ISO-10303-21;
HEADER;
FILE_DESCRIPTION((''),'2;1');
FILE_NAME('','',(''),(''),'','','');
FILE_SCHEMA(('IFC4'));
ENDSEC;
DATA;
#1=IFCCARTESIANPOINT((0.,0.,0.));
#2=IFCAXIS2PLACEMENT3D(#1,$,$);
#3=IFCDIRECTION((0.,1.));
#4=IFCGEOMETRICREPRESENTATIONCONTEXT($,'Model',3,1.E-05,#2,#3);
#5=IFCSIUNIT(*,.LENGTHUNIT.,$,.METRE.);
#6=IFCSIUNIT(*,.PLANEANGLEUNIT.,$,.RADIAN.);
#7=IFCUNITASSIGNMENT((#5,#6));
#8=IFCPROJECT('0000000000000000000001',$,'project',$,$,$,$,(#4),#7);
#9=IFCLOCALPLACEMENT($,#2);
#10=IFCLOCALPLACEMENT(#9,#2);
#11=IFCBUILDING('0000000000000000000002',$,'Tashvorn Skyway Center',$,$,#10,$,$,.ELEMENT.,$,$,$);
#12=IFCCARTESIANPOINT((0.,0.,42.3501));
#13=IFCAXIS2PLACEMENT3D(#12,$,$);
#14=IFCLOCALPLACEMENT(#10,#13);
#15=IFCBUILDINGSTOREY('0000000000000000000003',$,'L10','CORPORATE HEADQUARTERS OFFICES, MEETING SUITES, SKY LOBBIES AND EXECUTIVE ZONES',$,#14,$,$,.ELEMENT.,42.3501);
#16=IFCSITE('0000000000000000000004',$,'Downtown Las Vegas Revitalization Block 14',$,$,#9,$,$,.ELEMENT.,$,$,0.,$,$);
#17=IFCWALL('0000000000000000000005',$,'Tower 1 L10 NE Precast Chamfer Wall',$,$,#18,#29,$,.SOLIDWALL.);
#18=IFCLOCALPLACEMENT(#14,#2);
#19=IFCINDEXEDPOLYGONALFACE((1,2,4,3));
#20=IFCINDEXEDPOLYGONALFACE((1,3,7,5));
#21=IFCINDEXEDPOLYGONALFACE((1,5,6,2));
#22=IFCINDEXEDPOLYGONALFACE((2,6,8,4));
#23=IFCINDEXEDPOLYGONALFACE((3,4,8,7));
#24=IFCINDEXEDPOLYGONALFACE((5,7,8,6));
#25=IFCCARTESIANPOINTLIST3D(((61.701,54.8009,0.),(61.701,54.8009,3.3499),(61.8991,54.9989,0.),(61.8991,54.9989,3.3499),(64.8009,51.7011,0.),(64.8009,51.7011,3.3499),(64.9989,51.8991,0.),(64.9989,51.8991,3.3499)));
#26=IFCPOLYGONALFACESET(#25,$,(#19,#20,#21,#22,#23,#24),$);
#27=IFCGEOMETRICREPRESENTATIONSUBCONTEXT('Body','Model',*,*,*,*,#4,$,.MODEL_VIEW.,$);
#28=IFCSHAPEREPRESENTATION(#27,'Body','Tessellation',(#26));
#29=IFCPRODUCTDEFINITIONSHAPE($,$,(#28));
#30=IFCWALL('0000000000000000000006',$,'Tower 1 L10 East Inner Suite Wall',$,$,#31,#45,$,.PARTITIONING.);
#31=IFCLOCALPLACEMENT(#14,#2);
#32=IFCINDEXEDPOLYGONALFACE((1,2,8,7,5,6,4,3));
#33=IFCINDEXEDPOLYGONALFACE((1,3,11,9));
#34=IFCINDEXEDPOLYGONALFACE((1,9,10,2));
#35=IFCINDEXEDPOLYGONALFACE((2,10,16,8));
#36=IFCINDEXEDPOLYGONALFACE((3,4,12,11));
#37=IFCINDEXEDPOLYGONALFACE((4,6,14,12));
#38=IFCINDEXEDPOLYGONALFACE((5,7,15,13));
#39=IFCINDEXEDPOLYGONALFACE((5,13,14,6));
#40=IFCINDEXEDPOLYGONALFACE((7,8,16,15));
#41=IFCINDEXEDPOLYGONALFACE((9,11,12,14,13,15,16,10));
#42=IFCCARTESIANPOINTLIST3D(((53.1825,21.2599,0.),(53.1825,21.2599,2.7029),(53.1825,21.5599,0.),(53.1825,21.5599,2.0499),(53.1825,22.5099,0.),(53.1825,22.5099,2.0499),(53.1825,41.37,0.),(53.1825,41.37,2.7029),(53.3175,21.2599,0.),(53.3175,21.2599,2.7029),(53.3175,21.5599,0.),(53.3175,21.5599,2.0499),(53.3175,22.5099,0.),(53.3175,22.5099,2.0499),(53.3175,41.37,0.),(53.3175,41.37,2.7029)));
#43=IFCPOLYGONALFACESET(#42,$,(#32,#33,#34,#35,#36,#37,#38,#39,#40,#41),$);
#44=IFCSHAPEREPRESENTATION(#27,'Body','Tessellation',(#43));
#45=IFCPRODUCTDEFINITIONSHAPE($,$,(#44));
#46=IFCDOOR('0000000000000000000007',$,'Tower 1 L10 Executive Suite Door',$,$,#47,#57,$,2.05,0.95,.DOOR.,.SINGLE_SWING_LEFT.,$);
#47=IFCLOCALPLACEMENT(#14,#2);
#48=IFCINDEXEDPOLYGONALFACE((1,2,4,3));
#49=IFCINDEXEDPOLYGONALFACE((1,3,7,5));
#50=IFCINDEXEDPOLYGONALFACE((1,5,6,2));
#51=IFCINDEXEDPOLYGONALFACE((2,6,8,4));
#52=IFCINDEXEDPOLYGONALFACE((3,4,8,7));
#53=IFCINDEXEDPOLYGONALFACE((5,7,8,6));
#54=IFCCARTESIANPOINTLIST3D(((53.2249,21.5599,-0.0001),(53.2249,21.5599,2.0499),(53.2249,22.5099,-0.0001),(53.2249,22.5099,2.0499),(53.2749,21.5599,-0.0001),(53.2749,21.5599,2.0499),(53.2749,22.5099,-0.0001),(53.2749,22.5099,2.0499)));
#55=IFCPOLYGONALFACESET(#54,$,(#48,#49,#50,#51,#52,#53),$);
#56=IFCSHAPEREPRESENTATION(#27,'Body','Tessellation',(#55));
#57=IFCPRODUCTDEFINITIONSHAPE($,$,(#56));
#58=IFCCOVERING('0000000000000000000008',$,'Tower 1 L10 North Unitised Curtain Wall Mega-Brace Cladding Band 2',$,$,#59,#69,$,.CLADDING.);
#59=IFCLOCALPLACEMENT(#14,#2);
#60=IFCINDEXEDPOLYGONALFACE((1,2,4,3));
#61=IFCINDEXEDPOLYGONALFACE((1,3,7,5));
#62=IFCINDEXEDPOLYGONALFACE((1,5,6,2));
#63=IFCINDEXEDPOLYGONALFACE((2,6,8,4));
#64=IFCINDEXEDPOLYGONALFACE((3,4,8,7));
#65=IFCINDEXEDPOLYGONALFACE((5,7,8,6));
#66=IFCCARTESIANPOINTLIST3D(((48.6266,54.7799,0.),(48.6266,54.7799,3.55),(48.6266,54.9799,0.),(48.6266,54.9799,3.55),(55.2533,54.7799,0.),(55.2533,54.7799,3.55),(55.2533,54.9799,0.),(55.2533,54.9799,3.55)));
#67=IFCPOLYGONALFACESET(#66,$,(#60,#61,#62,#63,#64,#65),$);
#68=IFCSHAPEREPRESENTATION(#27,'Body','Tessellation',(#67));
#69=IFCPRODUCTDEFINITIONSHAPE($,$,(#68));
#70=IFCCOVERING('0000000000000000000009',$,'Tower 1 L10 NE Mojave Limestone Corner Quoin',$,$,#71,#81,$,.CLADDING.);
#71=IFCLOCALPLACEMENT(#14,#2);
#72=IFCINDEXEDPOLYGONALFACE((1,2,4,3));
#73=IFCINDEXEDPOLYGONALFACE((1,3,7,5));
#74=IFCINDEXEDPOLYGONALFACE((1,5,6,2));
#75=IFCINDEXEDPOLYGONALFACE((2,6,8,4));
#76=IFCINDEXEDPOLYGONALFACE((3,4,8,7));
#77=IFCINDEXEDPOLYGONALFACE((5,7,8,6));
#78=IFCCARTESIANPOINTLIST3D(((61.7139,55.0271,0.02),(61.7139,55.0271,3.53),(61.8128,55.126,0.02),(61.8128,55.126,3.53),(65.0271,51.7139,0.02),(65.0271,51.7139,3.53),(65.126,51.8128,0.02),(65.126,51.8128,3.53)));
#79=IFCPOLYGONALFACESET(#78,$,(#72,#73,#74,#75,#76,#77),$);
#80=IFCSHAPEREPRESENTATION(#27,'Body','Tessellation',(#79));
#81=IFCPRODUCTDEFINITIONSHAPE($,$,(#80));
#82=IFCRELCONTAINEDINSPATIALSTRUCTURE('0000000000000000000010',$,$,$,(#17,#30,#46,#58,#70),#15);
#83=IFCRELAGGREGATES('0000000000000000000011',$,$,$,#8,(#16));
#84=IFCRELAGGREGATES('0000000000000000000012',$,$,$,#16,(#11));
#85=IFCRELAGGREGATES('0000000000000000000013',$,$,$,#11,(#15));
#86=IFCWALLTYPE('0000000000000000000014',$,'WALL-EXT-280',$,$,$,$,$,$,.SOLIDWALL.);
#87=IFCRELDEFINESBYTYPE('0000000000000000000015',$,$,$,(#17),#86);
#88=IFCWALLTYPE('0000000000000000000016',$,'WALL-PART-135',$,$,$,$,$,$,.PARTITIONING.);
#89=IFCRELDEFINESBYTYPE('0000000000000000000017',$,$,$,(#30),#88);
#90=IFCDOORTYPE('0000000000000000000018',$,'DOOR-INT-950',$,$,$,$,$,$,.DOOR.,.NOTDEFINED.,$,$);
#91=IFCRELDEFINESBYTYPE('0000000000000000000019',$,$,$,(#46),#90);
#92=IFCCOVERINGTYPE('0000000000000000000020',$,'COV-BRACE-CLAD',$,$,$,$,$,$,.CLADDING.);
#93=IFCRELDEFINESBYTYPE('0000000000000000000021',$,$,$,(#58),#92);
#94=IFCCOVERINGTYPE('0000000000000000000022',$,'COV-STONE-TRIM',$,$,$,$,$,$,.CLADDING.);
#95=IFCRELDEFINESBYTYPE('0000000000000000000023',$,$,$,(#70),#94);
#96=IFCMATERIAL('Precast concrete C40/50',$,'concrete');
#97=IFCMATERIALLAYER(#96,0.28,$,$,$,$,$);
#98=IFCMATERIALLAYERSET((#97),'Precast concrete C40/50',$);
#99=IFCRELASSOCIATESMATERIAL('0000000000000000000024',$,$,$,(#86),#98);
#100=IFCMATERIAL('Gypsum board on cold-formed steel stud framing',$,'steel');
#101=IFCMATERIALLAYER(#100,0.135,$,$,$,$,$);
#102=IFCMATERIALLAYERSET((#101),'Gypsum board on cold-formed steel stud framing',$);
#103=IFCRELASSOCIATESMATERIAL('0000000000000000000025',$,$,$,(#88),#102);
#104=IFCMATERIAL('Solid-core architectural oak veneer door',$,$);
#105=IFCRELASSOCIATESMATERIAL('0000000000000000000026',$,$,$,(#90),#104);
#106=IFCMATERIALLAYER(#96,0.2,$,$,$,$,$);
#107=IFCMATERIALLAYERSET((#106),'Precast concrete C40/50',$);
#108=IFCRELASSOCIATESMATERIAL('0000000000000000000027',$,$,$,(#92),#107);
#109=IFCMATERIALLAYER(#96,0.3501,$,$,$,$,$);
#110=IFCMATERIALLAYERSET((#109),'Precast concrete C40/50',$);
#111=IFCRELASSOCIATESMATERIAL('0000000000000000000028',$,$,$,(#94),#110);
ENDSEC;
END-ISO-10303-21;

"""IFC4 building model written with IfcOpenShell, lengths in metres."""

from ifc_helpers import new_model, si_unit, direction, frame, frame_2d, origin, origin_2d, place, context, subcontext, project, spatial, rectangle, extrude, material, layer, layer_set, type_object, element, fill, save


model = new_model("IFC4")

# Units and contexts
model_context = context("Model", 3, precision=1e-05, world=origin(), true_north=direction((0.0, 1.0)))
body_context = subcontext(model_context, "Body", "Model", "MODEL_VIEW")
ifc_project = project(units=[si_unit("LENGTHUNIT", "METRE"), si_unit("PLANEANGLEUNIT", "RADIAN")], contexts=[model_context])

# Site, building, storey
site_placement = place(None, origin())
site = spatial("IfcSite", under=ifc_project, at=site_placement, Name="Downtown Las Vegas Revitalization Block 14", CompositionType="ELEMENT", RefElevation=0.0)
building_placement = place(site_placement, origin())
building = spatial("IfcBuilding", under=site, at=building_placement, Name="Tashvorn Skyway Center", CompositionType="ELEMENT")
storey_placement = place(building_placement, frame((0.0, 0.0, 42.3501)))
storey = spatial("IfcBuildingStorey", under=building, at=storey_placement, Name="L10", Description="CORPORATE HEADQUARTERS OFFICES, MEETING SUITES, SKY LOBBIES AND EXECUTIVE ZONES", CompositionType="ELEMENT", Elevation=42.3501)

# Wall
ifc_material_1 = material(Name="Precast concrete C40/50", Category="concrete")
ifc_layer_1 = layer(ifc_material_1, 0.28)
ifc_layer_set_1 = layer_set([ifc_layer_1], Name="Precast concrete C40/50")
wall_type_1 = type_object("IfcWallType", Name="WALL-EXT-280", PredefinedType="SOLIDWALL", material=ifc_layer_set_1)
wall_1_placement = place(storey_placement, frame((61.8, 54.8999, 0.0), z_axis=(0.0, 0.0, 1.0), x_axis=(0.707107, -0.707107, 0.0)))
element("IfcWall", 1, at=wall_1_placement, inside=storey, type_object=wall_type_1, Name="Tower 1 L10 NE Precast Chamfer Wall", PredefinedType="SOLIDWALL", context=body_context, shape_type="SweptSolid", body=[
    extrude(rectangle(XDim=4.3838, YDim=0.28, at=frame_2d((2.1919, 0.0))), origin(), (0.0, 0.0, 1.0), 3.3499),
])

# Wall, opening, door
ifc_material_2 = material(Name="Gypsum board on cold-formed steel stud framing", Category="steel")
ifc_layer_2 = layer(ifc_material_2, 0.135)
ifc_layer_set_2 = layer_set([ifc_layer_2], Name="Gypsum board on cold-formed steel stud framing")
wall_type_2 = type_object("IfcWallType", Name="WALL-PART-135", PredefinedType="PARTITIONING", material=ifc_layer_set_2)
wall_2_placement = place(storey_placement, frame((53.25, 41.3701, 0.0), z_axis=(0.0, 0.0, 1.0), x_axis=(0.0, -1.0, 0.0)))
wall_2 = element("IfcWall", 2, at=wall_2_placement, inside=storey, type_object=wall_type_2, Name="Tower 1 L10 East Inner Suite Wall", PredefinedType="PARTITIONING", context=body_context, shape_type="SweptSolid", body=[
    extrude(rectangle(XDim=20.1101, YDim=0.135, at=frame_2d((10.0552, 0.0))), origin(), (0.0, 0.0, 1.0), 2.7029),
])
opening_placement = place(wall_2_placement, frame((18.8601, 0.0, 0.0)))
opening = element("IfcOpeningElement", 3, at=opening_placement, cuts=wall_2, PredefinedType="OPENING", context=body_context, shape_type="SweptSolid", body=[
    extrude(rectangle(XDim=0.95, YDim=2.05, at=frame_2d((0.4751, 1.0249))), frame((0.0, 0.0774, 0.0), z_axis=(0.0, -1.0, 0.0), x_axis=(1.0, 0.0, 0.0)), (0.0, 0.0, 1.0), 0.155),
])
ifc_material_3 = material(Name="Solid-core architectural oak veneer door")
door_type = type_object("IfcDoorType", Name="DOOR-INT-950", OperationType="NOTDEFINED", PredefinedType="DOOR", material=ifc_material_3)
door_placement = place(opening_placement, origin())
door = element("IfcDoor", 4, at=door_placement, inside=storey, type_object=door_type, Name="Tower 1 L10 Executive Suite Door", OperationType="SINGLE_SWING_LEFT", OverallHeight=2.05, OverallWidth=0.95, PredefinedType="DOOR", context=body_context, shape_type="SweptSolid", body=[
    extrude(rectangle(XDim=0.95, YDim=2.05, at=frame_2d((0.4751, 1.0249))), frame((0.0, 0.0249, 0.0), z_axis=(0.0, -1.0, 0.0), x_axis=(1.0, 0.0, 0.0)), (0.0, 0.0, 1.0), 0.05),
])
fill(opening, door)

# Coverings
ifc_layer_3 = layer(ifc_material_1, 0.2)
ifc_layer_set_3 = layer_set([ifc_layer_3], Name="Precast concrete C40/50")
covering_type_1 = type_object("IfcCoveringType", Name="COV-BRACE-CLAD", PredefinedType="CLADDING", material=ifc_layer_set_3)
covering_1_placement = place(storey_placement, frame((51.9399, 54.8799, 0.0), z_axis=(0.0, 0.0, 1.0), x_axis=(1.0, 0.0, 0.0)))
element("IfcCovering", 5, at=covering_1_placement, inside=storey, type_object=covering_type_1, Name="Tower 1 L10 North Unitised Curtain Wall Mega-Brace Cladding Band 2", PredefinedType="CLADDING", context=body_context, shape_type="SweptSolid", body=[
    extrude(rectangle(XDim=6.6267, YDim=0.2, at=origin_2d()), origin(), (0.0, 0.0, 1.0), 3.55),
])
ifc_layer_4 = layer(ifc_material_1, 0.3501)
ifc_layer_set_4 = layer_set([ifc_layer_4], Name="Precast concrete C40/50")
covering_type_2 = type_object("IfcCoveringType", Name="COV-STONE-TRIM", PredefinedType="CLADDING", material=ifc_layer_set_4)
covering_2_placement = place(storey_placement, frame((63.4199, 53.4199, 0.02), z_axis=(0.0, 0.0, 1.0), x_axis=(0.707107, -0.707107, 0.0)))
element("IfcCovering", 6, at=covering_2_placement, inside=storey, type_object=covering_type_2, Name="Tower 1 L10 NE Mojave Limestone Corner Quoin", PredefinedType="CLADDING", context=body_context, shape_type="SweptSolid", body=[
    extrude(rectangle(XDim=4.6855, YDim=0.1399, at=origin_2d()), origin(), (0.0, 0.0, 1.0), 3.51),
])

save(model, "model.ifc")
